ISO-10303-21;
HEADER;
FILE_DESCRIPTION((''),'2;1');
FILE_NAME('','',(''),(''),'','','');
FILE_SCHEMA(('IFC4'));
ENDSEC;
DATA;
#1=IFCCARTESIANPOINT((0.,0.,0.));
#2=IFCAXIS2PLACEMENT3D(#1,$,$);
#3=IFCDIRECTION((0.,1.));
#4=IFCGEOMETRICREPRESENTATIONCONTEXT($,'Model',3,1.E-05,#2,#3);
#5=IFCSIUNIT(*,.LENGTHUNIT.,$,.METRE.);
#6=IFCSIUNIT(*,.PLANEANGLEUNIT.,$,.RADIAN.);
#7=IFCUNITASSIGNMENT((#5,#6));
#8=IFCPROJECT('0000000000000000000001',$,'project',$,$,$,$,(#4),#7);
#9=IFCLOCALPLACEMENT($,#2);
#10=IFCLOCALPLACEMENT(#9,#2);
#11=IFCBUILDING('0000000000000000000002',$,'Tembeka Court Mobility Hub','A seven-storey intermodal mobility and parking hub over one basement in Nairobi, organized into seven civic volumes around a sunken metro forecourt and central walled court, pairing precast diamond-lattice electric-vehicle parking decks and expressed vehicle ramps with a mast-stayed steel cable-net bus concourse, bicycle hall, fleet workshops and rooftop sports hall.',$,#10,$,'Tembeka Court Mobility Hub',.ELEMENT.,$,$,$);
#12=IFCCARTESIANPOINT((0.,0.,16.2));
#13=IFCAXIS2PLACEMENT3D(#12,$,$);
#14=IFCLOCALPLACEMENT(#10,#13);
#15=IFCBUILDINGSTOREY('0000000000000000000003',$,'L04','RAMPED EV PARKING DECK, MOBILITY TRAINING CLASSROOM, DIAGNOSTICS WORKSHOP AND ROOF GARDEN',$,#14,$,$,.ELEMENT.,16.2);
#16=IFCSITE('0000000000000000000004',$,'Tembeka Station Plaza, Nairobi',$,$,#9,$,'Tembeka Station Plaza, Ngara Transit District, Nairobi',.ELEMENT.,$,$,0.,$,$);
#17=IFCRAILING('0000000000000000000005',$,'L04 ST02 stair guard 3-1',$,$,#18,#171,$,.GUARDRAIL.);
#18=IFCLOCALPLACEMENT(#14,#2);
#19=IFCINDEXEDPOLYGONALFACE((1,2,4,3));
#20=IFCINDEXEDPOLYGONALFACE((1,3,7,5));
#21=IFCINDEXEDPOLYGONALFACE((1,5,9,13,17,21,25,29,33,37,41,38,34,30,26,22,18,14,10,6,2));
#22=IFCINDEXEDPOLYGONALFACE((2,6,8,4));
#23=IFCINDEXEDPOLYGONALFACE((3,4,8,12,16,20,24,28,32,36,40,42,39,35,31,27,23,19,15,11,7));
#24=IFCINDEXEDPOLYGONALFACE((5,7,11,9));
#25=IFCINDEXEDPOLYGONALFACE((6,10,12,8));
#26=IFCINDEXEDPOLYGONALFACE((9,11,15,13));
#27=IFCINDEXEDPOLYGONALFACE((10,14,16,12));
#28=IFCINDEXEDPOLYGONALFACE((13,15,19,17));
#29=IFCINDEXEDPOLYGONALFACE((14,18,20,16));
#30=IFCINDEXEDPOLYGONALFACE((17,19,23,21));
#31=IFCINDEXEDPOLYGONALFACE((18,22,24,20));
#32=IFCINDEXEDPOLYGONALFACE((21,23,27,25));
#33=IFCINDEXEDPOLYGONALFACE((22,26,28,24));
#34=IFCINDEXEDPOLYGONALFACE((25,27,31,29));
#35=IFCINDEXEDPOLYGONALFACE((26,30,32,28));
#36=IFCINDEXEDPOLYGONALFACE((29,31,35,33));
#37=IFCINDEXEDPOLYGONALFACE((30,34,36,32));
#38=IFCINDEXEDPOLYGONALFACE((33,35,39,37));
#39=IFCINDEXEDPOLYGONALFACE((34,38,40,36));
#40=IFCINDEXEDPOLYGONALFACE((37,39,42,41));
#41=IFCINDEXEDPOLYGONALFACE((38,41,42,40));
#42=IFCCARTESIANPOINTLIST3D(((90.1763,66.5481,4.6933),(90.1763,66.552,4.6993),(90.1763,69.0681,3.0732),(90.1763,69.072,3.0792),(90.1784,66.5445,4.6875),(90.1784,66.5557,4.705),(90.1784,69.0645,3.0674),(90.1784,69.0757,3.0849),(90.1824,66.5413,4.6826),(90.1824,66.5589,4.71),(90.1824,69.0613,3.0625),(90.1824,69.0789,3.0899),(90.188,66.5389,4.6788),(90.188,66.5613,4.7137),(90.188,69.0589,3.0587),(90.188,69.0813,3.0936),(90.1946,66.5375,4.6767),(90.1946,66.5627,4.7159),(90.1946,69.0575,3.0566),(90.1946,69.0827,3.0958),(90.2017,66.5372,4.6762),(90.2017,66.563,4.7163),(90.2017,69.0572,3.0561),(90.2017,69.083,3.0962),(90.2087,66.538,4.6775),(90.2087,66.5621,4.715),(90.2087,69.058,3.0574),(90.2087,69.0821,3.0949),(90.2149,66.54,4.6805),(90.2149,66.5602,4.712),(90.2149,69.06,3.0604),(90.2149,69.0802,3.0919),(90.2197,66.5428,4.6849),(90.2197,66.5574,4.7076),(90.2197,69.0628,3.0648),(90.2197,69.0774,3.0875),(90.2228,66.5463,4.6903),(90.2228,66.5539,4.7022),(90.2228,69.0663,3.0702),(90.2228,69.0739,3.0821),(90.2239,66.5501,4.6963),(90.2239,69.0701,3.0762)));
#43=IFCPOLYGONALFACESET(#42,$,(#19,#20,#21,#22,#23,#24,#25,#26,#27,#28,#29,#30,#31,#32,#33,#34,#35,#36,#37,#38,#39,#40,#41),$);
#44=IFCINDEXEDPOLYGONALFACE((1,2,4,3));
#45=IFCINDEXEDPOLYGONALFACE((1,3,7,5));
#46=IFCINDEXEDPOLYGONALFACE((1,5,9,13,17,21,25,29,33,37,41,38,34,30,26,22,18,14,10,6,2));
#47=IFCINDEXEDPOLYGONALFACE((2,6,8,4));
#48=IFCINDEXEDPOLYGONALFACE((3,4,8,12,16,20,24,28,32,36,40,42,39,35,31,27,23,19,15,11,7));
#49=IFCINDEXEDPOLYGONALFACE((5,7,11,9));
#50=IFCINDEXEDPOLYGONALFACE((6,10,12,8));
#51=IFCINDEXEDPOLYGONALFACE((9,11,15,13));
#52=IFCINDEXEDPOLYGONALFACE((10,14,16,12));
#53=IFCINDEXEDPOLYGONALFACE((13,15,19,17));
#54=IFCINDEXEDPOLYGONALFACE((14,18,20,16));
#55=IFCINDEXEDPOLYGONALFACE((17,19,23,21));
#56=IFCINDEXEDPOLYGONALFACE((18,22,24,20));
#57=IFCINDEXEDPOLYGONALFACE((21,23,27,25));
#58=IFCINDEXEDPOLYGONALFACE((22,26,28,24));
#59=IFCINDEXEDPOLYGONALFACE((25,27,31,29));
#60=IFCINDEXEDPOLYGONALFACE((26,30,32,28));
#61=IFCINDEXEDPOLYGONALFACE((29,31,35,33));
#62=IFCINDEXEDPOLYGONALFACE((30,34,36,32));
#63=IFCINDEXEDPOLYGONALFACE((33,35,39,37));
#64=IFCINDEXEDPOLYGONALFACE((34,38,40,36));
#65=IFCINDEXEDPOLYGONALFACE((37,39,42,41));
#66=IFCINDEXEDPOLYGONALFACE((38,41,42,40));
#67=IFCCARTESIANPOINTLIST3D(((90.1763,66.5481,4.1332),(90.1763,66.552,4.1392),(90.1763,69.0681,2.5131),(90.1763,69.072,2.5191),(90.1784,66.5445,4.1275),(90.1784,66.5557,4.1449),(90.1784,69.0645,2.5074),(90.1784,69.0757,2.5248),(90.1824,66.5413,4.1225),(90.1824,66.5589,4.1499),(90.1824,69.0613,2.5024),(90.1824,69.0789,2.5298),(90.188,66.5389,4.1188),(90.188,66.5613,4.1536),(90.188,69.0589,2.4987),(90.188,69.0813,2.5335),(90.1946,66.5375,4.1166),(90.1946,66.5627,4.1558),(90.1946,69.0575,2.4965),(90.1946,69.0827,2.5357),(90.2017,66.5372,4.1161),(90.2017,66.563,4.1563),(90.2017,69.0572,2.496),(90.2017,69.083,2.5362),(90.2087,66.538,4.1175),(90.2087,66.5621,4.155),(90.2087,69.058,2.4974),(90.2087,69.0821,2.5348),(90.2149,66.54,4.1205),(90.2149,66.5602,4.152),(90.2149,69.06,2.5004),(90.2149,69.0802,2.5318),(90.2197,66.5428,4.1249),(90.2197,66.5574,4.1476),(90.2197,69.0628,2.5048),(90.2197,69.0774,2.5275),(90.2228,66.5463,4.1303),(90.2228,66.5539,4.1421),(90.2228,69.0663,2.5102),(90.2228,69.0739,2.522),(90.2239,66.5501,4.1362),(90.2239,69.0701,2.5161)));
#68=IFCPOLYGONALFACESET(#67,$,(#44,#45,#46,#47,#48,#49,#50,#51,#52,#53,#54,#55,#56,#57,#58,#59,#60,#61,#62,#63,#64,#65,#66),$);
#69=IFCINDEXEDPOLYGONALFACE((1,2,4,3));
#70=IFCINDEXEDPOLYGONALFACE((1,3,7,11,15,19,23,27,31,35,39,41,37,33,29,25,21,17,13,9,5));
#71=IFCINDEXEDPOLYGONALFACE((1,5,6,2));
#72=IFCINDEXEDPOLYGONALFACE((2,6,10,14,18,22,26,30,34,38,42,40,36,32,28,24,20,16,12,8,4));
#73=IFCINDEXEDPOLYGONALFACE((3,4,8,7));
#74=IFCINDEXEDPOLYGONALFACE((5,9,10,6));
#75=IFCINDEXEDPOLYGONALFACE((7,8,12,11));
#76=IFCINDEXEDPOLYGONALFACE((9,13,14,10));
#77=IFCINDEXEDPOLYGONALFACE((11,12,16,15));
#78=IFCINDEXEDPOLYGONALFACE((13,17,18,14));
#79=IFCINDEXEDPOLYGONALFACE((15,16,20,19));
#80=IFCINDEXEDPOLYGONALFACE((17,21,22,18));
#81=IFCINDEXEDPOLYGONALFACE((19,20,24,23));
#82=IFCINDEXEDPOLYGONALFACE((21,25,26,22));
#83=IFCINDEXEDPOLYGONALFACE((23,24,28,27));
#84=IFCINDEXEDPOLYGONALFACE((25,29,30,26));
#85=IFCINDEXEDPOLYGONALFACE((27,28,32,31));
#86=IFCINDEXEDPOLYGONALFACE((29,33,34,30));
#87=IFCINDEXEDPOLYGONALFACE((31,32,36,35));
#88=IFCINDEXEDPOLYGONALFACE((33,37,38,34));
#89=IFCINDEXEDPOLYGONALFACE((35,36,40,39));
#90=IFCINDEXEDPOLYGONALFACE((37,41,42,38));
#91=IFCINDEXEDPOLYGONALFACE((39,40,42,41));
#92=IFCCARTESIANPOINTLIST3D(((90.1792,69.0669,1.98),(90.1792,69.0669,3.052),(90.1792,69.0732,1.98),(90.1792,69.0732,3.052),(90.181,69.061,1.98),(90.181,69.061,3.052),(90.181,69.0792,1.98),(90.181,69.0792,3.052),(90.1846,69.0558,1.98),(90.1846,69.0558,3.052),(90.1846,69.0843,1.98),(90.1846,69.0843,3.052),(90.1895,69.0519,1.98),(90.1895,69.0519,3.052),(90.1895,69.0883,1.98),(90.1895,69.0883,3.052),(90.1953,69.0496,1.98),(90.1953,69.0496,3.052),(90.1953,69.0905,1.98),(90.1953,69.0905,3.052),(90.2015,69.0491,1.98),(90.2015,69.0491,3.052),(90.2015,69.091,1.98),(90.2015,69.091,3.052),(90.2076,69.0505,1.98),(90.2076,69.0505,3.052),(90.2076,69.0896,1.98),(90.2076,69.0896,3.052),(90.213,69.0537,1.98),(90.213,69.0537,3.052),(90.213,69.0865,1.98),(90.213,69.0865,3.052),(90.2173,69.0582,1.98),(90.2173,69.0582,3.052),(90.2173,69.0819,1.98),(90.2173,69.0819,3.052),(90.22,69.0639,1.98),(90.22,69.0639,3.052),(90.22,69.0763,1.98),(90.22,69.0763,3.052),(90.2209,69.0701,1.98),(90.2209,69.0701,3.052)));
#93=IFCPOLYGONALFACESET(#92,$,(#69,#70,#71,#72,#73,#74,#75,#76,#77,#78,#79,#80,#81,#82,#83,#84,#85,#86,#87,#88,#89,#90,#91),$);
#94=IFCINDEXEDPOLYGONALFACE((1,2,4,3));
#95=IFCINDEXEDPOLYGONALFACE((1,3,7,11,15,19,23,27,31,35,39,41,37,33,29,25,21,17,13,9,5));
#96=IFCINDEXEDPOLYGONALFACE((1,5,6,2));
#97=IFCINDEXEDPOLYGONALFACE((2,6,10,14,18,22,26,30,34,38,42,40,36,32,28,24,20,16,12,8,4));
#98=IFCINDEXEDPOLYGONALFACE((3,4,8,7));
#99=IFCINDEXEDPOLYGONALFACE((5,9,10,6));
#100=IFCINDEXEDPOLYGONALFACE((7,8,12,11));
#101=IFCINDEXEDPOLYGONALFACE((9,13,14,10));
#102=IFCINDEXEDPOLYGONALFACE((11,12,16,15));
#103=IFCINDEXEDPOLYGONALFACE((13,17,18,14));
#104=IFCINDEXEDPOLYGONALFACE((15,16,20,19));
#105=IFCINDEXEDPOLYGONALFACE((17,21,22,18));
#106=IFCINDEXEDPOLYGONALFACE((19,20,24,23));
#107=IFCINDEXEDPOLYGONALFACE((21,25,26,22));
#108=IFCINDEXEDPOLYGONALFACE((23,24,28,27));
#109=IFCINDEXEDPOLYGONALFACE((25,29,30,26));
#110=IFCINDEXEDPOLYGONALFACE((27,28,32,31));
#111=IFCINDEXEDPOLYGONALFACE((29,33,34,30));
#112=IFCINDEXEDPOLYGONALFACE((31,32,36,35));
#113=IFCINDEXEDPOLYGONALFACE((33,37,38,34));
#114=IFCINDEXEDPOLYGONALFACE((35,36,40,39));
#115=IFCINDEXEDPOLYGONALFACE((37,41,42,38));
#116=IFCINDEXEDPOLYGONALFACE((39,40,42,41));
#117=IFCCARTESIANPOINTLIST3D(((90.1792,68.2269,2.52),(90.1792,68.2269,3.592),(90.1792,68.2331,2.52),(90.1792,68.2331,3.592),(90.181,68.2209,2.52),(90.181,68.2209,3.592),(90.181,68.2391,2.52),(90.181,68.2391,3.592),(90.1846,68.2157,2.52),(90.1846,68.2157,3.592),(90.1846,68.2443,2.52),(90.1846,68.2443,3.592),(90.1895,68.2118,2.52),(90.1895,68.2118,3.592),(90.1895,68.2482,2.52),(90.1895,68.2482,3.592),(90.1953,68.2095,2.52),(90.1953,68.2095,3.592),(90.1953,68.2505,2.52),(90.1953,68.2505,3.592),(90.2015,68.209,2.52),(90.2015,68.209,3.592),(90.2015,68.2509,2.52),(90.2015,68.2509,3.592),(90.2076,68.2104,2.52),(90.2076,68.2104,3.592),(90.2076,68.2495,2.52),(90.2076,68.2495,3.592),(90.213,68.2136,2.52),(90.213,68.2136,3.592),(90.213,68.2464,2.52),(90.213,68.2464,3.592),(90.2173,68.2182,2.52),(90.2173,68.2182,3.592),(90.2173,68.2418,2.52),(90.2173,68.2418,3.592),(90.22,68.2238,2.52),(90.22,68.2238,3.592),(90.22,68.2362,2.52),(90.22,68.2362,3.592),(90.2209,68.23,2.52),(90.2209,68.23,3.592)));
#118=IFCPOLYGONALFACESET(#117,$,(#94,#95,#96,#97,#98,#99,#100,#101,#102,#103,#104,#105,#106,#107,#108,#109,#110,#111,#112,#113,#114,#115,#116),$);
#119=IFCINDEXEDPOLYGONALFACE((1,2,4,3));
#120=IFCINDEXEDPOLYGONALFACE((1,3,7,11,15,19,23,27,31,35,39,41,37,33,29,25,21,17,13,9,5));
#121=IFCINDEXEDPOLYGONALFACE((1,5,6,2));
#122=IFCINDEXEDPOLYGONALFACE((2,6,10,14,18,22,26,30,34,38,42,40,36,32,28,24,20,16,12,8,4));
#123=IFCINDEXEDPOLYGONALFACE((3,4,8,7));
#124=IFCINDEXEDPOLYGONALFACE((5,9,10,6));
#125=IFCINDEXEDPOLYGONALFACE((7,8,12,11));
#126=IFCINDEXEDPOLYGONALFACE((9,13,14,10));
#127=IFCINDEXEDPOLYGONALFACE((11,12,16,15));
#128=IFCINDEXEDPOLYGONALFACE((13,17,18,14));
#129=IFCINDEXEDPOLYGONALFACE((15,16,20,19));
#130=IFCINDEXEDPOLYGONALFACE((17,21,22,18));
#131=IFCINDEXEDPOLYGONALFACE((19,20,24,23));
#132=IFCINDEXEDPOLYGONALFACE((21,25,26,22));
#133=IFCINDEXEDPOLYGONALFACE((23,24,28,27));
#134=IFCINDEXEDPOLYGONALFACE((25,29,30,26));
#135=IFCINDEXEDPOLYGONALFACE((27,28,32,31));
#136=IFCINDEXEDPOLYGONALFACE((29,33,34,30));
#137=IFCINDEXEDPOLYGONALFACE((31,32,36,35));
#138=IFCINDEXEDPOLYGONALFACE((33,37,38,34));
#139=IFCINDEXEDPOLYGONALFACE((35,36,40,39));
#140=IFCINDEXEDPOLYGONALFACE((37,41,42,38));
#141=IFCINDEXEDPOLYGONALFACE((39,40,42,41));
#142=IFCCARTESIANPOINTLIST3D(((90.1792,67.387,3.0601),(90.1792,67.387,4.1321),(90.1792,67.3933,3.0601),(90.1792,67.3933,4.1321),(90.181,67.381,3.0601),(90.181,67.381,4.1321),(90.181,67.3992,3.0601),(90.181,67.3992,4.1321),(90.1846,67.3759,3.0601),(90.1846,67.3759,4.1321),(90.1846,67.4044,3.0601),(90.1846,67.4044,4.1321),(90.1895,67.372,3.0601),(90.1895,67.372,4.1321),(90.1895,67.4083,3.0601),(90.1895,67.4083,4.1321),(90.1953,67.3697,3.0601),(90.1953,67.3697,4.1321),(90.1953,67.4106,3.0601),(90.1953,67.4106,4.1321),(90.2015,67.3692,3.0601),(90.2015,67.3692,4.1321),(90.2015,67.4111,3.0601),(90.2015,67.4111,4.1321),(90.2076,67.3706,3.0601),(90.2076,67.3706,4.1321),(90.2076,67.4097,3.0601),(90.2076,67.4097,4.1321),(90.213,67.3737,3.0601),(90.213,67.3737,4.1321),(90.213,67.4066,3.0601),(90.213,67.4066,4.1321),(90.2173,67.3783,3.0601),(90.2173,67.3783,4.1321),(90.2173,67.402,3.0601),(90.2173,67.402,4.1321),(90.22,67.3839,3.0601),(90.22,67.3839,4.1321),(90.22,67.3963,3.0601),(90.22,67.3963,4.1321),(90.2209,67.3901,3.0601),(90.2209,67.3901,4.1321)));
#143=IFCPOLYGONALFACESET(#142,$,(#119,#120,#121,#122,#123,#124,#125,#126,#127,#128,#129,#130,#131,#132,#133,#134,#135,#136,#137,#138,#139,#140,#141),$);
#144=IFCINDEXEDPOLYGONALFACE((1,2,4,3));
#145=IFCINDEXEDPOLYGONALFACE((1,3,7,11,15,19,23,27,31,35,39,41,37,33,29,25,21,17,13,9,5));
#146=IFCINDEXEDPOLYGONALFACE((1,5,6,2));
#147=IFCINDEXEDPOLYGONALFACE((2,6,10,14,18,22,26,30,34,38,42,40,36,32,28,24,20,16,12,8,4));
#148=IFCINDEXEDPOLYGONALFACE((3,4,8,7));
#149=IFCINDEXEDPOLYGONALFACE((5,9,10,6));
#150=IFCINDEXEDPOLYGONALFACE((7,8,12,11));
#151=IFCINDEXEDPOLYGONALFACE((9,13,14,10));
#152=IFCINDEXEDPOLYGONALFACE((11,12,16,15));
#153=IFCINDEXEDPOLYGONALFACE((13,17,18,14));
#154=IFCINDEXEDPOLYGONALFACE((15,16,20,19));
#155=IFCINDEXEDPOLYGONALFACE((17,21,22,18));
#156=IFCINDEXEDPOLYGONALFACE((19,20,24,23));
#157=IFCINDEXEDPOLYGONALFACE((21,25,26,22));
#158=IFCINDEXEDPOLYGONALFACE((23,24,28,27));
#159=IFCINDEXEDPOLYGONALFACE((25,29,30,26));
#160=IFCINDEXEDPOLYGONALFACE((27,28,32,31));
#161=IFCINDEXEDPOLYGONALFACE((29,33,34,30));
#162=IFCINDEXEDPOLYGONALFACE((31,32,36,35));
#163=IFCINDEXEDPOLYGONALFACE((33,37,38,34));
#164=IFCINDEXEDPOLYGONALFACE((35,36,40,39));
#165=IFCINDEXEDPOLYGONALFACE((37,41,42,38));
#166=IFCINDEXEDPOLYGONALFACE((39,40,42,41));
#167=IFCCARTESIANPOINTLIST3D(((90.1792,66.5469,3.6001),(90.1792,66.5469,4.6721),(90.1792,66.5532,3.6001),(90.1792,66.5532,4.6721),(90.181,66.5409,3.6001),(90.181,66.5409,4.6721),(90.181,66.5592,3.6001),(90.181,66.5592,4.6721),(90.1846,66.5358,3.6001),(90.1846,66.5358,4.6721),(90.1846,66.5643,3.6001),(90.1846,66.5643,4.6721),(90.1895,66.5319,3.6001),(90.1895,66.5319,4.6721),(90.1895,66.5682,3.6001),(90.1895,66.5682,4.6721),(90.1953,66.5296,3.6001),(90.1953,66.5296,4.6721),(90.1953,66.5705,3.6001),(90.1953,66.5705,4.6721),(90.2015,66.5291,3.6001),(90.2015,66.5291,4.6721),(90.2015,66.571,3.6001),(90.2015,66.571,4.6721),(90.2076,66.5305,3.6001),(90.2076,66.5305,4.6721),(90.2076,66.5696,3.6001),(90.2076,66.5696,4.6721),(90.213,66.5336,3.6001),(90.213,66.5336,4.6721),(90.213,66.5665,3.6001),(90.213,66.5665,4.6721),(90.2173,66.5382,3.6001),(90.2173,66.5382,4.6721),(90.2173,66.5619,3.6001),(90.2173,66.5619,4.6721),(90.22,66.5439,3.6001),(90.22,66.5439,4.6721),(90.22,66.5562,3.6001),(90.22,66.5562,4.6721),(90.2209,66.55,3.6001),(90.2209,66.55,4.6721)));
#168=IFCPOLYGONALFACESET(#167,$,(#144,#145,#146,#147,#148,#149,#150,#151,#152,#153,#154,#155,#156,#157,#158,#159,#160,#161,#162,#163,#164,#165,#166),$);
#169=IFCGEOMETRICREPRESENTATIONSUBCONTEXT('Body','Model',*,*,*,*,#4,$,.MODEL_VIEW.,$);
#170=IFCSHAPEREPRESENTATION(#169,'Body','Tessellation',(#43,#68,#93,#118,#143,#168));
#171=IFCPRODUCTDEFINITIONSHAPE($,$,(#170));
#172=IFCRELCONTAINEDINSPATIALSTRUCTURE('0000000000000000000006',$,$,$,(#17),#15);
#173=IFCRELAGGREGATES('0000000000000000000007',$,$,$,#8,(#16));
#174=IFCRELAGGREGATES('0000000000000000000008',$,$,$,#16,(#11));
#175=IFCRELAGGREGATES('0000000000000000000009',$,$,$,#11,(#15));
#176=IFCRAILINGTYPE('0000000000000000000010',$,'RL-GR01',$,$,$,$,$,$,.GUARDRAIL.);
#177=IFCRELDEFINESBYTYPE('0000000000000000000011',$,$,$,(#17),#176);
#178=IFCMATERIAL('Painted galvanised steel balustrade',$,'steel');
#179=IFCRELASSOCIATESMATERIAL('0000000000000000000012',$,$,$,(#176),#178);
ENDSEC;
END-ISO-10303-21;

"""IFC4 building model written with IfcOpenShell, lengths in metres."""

from ifc_helpers import new_model, si_unit, direction, frame, origin, origin_2d, place, context, subcontext, project, spatial, circle, extrude, material, type_object, element, save


model = new_model("IFC4")

# Units and contexts
model_context = context("Model", 3, precision=1e-05, world=origin(), true_north=direction((0.0, 1.0)))
body_context = subcontext(model_context, "Body", "Model", "MODEL_VIEW")
ifc_project = project(units=[si_unit("LENGTHUNIT", "METRE"), si_unit("PLANEANGLEUNIT", "RADIAN")], contexts=[model_context])

# Site, building, storey
site_placement = place(None, origin())
site = spatial("IfcSite", under=ifc_project, at=site_placement, Name="Tembeka Station Plaza, Nairobi", LongName="Tembeka Station Plaza, Ngara Transit District, Nairobi", CompositionType="ELEMENT", RefElevation=0.0)
building_placement = place(site_placement, origin())
building = spatial("IfcBuilding", under=site, at=building_placement, Name="Tembeka Court Mobility Hub", Description="A seven-storey intermodal mobility and parking hub over one basement in Nairobi, organized into seven civic volumes around a sunken metro forecourt and central walled court, pairing precast diamond-lattice electric-vehicle parking decks and expressed vehicle ramps with a mast-stayed steel cable-net bus concourse, bicycle hall, fleet workshops and rooftop sports hall.", LongName="Tembeka Court Mobility Hub", CompositionType="ELEMENT")
storey_placement = place(building_placement, frame((0.0, 0.0, 16.2)))
storey = spatial("IfcBuildingStorey", under=building, at=storey_placement, Name="L04", Description="RAMPED EV PARKING DECK, MOBILITY TRAINING CLASSROOM, DIAGNOSTICS WORKSHOP AND ROOF GARDEN", CompositionType="ELEMENT", Elevation=16.2)

# Railing
ifc_material_1 = material(Name="Painted galvanised steel balustrade", Category="steel")
railing_type_1 = type_object("IfcRailingType", Name="RL-GR01", PredefinedType="GUARDRAIL", material=ifc_material_1)
railing_1_placement = place(storey_placement, frame((90.2, 69.0701, 1.98)))
element("IfcRailing", 1, at=railing_1_placement, inside=storey, type_object=railing_type_1, Name="L04 ST02 stair guard 3-1", PredefinedType="GUARDRAIL", context=body_context, shape_type="SweptSolid", body=[
    extrude(circle(Radius=0.0239, at=origin_2d()), frame((0.0, 0.0, 1.0962), z_axis=(0.0, -0.841163, 0.540782), x_axis=(1.0, 0.0, 0.0)), (0.0, 0.0, 1.0), 2.9958),
    extrude(circle(Radius=0.0239, at=origin_2d()), frame((0.0, 0.0, 0.5361), z_axis=(0.0, -0.841163, 0.540782), x_axis=(1.0, 0.0, 0.0)), (0.0, 0.0, 1.0), 2.9958),
    extrude(circle(Radius=0.021, at=origin_2d()), origin(), (0.0, 0.0, 1.0), 1.072),
    extrude(circle(Radius=0.021, at=origin_2d()), frame((0.0, -0.8401, 0.54)), (0.0, 0.0, 1.0), 1.072),
    extrude(circle(Radius=0.021, at=origin_2d()), frame((0.0, -1.6799, 1.0801)), (0.0, 0.0, 1.0), 1.072),
    extrude(circle(Radius=0.021, at=origin_2d()), frame((0.0, -2.52, 1.6201)), (0.0, 0.0, 1.0), 1.072),
])

save(model, "model.ifc")
